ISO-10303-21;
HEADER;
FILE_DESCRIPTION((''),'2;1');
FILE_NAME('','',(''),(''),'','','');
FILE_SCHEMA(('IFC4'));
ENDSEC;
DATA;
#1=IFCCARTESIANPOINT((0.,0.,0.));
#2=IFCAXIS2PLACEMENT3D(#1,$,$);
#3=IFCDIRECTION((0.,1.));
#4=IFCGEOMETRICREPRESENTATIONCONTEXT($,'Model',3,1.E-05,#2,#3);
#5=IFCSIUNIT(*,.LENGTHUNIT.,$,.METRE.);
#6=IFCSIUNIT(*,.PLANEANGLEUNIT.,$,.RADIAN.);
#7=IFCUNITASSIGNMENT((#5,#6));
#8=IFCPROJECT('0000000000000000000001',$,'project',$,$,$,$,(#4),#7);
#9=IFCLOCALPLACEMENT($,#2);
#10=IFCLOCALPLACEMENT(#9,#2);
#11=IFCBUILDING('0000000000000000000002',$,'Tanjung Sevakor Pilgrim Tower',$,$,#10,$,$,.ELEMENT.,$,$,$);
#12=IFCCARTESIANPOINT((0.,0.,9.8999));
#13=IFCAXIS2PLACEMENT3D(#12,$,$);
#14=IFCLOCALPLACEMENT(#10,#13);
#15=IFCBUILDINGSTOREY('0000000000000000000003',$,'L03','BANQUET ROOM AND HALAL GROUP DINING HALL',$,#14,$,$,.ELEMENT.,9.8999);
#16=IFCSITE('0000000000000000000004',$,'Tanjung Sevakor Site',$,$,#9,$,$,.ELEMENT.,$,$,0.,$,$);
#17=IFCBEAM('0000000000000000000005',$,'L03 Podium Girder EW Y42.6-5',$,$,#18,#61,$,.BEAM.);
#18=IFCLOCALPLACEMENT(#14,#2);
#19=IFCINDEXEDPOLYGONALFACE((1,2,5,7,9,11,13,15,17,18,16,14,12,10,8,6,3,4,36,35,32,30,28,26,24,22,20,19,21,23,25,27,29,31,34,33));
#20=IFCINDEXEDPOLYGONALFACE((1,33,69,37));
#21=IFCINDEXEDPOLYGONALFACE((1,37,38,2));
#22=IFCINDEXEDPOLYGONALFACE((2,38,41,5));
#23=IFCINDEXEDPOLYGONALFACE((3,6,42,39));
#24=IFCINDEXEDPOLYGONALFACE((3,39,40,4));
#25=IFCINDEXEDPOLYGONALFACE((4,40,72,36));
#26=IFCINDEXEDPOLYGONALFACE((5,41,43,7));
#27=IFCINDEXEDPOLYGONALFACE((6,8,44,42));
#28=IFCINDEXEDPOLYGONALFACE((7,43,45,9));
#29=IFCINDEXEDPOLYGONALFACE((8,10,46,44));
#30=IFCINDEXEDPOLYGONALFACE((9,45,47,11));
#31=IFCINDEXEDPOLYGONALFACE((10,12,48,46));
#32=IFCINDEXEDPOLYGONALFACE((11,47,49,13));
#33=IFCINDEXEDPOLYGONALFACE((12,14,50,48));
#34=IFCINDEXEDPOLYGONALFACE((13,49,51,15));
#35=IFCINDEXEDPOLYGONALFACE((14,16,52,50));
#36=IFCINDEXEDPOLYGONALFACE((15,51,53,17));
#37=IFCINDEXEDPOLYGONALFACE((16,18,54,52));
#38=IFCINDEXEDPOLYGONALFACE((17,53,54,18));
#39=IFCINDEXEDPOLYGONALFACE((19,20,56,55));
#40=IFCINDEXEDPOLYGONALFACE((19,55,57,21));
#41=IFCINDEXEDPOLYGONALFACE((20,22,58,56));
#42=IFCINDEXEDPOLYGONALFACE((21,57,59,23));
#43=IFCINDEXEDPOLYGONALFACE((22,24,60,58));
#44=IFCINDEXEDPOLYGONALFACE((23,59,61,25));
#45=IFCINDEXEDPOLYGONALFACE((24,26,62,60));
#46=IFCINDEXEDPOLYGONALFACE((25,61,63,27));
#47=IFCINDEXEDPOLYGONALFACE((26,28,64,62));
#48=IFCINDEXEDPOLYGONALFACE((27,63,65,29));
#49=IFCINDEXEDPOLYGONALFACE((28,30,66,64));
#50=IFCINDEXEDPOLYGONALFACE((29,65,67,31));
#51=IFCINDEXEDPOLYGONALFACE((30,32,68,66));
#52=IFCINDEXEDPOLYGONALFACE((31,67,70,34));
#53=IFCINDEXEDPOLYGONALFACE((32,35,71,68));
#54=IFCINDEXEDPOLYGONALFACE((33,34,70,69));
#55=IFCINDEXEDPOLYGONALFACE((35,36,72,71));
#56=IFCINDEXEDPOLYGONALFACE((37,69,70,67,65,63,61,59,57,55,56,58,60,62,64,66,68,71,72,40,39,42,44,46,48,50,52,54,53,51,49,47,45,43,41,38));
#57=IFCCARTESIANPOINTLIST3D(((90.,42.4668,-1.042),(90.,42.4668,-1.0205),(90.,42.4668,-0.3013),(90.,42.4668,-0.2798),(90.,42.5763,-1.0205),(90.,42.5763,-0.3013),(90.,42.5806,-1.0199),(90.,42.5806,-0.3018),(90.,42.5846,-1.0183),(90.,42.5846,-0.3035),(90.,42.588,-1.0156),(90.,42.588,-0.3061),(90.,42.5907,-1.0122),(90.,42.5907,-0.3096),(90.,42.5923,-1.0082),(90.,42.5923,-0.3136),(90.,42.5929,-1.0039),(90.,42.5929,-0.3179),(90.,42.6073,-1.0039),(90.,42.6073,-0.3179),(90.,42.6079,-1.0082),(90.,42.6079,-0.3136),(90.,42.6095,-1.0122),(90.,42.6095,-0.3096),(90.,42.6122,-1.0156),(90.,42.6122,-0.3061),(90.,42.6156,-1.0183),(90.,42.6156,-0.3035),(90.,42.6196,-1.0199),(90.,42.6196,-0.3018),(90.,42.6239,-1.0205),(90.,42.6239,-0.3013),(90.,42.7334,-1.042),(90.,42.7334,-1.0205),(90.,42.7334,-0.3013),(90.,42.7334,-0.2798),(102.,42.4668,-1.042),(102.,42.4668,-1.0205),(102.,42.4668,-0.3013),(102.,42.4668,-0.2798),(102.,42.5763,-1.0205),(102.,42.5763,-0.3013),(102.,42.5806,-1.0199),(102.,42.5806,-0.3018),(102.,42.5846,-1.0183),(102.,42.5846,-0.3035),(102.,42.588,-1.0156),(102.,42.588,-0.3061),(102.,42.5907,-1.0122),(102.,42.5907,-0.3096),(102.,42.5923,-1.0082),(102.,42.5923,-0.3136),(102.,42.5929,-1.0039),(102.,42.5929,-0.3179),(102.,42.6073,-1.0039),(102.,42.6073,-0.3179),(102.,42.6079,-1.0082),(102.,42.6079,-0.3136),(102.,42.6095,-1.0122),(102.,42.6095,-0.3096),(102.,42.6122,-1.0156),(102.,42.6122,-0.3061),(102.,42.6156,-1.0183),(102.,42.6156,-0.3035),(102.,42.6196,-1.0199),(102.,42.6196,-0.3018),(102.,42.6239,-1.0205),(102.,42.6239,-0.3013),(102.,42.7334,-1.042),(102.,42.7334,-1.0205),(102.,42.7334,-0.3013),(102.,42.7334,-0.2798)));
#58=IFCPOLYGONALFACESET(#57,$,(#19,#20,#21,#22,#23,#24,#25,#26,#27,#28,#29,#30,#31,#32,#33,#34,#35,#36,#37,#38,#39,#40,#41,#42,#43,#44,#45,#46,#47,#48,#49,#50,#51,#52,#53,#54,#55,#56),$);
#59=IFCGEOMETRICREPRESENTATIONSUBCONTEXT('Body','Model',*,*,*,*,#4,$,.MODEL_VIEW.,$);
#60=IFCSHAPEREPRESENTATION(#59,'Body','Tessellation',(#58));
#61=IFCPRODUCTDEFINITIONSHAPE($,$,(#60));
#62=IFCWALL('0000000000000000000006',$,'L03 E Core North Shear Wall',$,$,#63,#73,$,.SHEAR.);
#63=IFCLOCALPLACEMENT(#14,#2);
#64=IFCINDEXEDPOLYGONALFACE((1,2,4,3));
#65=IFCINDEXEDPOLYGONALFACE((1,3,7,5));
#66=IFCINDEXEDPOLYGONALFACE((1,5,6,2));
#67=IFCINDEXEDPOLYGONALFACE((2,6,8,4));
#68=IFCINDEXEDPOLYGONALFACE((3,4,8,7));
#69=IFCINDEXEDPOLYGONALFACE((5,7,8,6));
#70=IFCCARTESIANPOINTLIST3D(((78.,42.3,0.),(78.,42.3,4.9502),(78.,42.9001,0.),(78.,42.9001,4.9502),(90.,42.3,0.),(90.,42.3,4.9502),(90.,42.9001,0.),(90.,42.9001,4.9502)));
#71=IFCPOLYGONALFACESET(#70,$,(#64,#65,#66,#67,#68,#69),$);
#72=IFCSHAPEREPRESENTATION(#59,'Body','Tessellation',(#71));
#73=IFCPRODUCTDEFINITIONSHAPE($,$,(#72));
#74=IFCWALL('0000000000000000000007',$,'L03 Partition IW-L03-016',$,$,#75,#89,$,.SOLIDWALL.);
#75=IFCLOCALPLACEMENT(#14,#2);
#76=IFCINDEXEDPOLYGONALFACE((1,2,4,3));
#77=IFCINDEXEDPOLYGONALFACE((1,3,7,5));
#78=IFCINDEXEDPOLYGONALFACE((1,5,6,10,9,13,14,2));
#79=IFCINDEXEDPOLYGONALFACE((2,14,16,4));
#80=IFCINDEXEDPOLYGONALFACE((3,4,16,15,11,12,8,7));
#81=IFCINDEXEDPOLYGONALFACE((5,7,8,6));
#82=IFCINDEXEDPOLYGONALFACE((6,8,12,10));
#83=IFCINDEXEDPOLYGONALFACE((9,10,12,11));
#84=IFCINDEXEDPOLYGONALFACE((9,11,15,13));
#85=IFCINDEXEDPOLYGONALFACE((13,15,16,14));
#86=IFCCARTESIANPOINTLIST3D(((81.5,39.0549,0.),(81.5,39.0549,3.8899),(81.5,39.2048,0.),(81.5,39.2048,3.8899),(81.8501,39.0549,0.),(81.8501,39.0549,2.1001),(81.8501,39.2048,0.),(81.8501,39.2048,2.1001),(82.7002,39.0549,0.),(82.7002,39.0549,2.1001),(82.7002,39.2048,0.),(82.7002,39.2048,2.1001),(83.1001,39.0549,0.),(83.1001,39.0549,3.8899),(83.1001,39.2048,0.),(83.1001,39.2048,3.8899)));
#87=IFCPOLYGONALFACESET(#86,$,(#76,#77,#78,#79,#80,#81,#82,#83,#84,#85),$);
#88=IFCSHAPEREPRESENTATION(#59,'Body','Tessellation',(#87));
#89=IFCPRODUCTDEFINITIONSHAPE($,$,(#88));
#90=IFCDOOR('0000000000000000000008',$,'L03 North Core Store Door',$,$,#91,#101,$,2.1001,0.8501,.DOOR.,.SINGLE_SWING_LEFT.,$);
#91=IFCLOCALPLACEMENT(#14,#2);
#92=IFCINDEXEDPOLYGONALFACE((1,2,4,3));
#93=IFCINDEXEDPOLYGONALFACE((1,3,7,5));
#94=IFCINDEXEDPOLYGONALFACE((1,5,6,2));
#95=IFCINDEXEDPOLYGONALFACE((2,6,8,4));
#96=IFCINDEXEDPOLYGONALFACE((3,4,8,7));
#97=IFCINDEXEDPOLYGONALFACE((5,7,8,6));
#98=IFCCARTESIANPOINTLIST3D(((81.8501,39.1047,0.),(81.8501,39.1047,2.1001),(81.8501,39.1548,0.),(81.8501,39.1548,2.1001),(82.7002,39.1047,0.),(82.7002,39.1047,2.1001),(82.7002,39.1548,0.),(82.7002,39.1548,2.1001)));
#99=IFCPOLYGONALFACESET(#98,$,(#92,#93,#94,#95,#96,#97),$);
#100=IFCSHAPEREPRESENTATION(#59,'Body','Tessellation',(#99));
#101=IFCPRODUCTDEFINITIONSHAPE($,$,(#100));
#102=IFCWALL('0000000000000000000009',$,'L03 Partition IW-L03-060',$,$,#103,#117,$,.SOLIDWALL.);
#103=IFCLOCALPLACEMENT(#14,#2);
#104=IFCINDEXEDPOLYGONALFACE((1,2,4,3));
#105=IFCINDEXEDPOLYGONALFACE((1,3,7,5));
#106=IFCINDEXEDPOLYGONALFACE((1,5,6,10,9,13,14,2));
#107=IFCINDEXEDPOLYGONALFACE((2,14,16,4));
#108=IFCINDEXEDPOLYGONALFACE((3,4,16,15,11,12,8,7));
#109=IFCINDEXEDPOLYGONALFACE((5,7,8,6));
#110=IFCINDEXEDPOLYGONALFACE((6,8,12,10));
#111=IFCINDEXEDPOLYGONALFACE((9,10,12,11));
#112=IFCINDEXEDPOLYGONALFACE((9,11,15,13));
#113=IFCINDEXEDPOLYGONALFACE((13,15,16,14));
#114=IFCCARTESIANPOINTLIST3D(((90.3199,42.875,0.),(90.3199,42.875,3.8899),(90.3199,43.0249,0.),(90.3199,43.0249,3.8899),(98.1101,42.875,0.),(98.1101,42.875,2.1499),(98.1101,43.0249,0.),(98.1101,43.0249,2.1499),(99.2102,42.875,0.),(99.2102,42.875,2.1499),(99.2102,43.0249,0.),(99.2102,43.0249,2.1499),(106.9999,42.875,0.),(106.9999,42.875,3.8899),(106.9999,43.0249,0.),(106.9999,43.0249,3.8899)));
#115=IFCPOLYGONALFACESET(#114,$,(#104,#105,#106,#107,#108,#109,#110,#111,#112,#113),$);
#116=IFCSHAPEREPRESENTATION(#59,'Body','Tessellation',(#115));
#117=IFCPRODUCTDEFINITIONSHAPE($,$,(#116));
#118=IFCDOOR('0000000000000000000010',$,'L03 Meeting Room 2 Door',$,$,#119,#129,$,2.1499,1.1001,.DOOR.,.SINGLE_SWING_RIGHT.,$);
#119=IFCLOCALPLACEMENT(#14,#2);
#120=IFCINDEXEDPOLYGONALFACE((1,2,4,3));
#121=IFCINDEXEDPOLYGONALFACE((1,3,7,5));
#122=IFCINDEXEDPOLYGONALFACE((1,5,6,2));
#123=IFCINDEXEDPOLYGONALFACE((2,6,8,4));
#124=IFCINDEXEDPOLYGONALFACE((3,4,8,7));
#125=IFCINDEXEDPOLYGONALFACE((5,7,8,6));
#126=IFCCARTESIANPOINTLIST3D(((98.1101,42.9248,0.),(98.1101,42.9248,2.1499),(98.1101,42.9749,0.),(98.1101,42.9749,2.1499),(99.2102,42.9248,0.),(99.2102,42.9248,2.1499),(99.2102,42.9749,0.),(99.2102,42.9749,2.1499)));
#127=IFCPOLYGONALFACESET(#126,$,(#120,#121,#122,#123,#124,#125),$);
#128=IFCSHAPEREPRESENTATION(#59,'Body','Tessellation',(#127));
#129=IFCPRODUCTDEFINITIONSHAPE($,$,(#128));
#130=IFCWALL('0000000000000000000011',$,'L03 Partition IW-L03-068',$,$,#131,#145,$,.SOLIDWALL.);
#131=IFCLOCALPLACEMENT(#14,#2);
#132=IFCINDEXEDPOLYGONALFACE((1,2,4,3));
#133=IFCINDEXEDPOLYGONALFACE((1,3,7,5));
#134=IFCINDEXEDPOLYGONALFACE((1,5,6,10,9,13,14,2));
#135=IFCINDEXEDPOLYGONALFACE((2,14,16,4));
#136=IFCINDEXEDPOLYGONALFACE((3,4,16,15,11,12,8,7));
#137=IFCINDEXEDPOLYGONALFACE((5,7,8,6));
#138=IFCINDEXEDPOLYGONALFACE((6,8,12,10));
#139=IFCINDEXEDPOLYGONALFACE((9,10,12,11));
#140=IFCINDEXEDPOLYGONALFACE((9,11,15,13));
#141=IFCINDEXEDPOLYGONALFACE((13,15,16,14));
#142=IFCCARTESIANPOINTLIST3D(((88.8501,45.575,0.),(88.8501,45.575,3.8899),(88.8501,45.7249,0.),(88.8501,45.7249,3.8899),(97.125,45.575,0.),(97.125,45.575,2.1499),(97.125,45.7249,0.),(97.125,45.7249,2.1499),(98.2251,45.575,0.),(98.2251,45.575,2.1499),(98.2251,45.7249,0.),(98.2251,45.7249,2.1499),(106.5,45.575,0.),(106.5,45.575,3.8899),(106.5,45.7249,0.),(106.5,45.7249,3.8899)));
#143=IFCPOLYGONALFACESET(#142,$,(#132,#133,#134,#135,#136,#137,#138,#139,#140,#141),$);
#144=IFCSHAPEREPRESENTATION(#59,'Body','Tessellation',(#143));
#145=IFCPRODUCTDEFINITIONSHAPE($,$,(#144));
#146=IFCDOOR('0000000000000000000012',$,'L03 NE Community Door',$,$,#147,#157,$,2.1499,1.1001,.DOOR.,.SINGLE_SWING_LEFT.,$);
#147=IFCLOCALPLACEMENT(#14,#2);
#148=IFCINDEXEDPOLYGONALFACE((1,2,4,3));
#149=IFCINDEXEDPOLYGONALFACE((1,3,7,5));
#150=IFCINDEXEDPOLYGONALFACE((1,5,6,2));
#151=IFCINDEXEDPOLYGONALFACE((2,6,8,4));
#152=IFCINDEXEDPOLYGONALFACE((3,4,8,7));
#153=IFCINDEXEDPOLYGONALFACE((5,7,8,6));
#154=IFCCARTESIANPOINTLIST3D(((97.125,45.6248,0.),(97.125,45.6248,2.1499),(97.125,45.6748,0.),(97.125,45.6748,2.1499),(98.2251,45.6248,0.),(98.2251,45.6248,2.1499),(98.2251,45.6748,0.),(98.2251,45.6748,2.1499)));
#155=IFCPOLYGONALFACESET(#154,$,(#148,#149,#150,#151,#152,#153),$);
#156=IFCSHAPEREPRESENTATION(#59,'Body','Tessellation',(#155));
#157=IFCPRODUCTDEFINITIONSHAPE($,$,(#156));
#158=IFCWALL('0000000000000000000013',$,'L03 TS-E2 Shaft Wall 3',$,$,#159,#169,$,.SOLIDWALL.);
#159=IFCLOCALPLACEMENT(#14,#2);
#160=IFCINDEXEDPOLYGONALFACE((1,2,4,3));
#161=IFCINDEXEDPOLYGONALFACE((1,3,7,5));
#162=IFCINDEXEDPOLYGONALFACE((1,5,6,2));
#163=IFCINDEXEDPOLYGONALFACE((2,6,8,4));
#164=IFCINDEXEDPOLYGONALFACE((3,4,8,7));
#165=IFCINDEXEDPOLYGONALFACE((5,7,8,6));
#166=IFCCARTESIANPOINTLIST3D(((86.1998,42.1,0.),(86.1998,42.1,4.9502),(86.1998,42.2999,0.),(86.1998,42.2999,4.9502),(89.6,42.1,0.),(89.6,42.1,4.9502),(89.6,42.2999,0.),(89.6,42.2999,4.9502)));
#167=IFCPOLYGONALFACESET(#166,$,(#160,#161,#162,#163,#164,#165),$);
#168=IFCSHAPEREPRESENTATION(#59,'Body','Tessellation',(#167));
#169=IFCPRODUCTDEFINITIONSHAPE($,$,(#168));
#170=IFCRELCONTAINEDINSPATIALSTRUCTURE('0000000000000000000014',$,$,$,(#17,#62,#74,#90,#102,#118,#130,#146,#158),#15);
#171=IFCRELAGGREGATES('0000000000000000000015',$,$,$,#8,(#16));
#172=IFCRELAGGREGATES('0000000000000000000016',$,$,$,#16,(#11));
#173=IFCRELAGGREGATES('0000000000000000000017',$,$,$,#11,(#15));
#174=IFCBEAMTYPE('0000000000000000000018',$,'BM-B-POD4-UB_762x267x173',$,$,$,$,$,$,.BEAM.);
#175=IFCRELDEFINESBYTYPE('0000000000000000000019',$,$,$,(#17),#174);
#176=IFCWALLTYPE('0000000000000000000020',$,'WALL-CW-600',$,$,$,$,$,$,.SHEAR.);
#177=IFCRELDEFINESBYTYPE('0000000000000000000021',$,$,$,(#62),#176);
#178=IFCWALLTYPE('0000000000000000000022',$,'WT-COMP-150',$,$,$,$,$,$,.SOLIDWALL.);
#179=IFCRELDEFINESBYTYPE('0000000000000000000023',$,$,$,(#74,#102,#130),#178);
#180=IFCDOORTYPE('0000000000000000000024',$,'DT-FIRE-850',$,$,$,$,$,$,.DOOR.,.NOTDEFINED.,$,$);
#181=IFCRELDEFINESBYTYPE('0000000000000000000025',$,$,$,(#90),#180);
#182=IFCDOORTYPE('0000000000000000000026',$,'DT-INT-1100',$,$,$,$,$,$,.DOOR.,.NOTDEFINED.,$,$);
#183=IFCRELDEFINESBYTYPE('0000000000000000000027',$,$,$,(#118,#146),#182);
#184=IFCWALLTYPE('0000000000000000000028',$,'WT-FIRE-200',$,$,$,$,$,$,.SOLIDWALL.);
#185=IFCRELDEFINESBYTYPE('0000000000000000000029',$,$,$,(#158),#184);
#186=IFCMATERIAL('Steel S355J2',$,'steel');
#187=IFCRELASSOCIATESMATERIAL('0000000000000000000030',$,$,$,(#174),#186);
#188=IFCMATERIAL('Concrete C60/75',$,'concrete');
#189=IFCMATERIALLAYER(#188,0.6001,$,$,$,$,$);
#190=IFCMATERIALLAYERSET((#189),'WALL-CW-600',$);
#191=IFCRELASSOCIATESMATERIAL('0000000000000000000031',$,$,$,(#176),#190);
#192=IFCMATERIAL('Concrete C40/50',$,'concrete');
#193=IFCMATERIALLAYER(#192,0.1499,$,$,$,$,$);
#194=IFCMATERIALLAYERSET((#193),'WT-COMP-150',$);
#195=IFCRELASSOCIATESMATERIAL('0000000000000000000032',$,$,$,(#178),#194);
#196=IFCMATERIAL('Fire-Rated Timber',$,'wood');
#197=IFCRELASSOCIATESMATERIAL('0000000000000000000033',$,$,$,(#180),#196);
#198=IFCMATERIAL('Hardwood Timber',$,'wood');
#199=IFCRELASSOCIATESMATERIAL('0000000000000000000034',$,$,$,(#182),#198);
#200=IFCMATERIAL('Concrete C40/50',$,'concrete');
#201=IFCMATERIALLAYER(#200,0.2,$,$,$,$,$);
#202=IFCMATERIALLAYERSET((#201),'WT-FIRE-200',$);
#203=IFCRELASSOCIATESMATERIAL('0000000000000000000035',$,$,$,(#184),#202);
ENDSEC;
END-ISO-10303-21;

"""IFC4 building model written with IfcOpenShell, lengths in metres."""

from ifc_helpers import new_model, si_unit, direction, frame, frame_2d, origin, origin_2d, place, context, subcontext, project, spatial, rectangle, i_section, extrude, material, layer, layer_set, material_profile, profile_set, type_object, element, fill, save


model = new_model("IFC4")

# Units and contexts
model_context = context("Model", 3, precision=1e-05, world=origin(), true_north=direction((0.0, 1.0)))
body_context = subcontext(model_context, "Body", "Model", "MODEL_VIEW")
ifc_project = project(units=[si_unit("LENGTHUNIT", "METRE"), si_unit("PLANEANGLEUNIT", "RADIAN")], contexts=[model_context])

# Site, building, storey
site_placement = place(None, origin())
site = spatial("IfcSite", under=ifc_project, at=site_placement, Name="Tanjung Sevakor Site", CompositionType="ELEMENT", RefElevation=0.0)
building_placement = place(site_placement, origin())
building = spatial("IfcBuilding", under=site, at=building_placement, Name="Tanjung Sevakor Pilgrim Tower", CompositionType="ELEMENT")
storey_placement = place(building_placement, frame((0.0, 0.0, 9.8999)))
storey = spatial("IfcBuildingStorey", under=building, at=storey_placement, Name="L03", Description="BANQUET ROOM AND HALAL GROUP DINING HALL", CompositionType="ELEMENT", Elevation=9.8999)

# Beam
ifc_material_1 = material(Name="Steel S355J2", Category="steel")
ifc_material_profile_1 = material_profile(ifc_material_1, i_section(OverallWidth=0.2666, OverallDepth=0.7622, WebThickness=0.0144, FlangeThickness=0.0215, FilletRadius=0.0166, at=origin_2d()))
ifc_profile_set_1 = profile_set([ifc_material_profile_1], Name="Steel S355J2")
beam_type_1 = type_object("IfcBeamType", Name="BM-B-POD4-UB_762x267x173", PredefinedType="BEAM", material=ifc_profile_set_1)
beam_1_placement = place(storey_placement, frame((90.0, 42.6001, -0.6609), z_axis=(1.0, 0.0, 0.0), x_axis=(0.0, 1.0, 0.0)))
element("IfcBeam", 1, at=beam_1_placement, inside=storey, type_object=beam_type_1, Name="L03 Podium Girder EW Y42.6-5", PredefinedType="BEAM", context=body_context, shape_type="SweptSolid", body=[
    extrude(i_section(OverallWidth=0.2666, OverallDepth=0.7622, WebThickness=0.0144, FlangeThickness=0.0215, FilletRadius=0.0166, at=origin_2d()), origin(), (0.0, 0.0, 1.0), 12.0),
])

# Wall
ifc_material_2 = material(Name="Concrete C60/75", Category="concrete")
ifc_layer_1 = layer(ifc_material_2, 0.6001)
ifc_layer_set_1 = layer_set([ifc_layer_1], Name="WALL-CW-600")
wall_type_1 = type_object("IfcWallType", Name="WALL-CW-600", PredefinedType="SHEAR", material=ifc_layer_set_1)
wall_1_placement = place(storey_placement, frame((90.0, 42.6001, 0.0), z_axis=(0.0, 0.0, 1.0), x_axis=(-1.0, 0.0, 0.0)))
element("IfcWall", 2, at=wall_1_placement, inside=storey, type_object=wall_type_1, Name="L03 E Core North Shear Wall", PredefinedType="SHEAR", context=body_context, shape_type="SweptSolid", body=[
    extrude(rectangle(XDim=12.0, YDim=0.6001, at=frame_2d((6.0, 0.0))), origin(), (0.0, 0.0, 1.0), 4.9502),
])

# Walls, openings, doors
ifc_material_3 = material(Name="Concrete C40/50", Category="concrete")
ifc_layer_2 = layer(ifc_material_3, 0.1499)
ifc_layer_set_2 = layer_set([ifc_layer_2], Name="WT-COMP-150")
wall_type_2 = type_object("IfcWallType", Name="WT-COMP-150", PredefinedType="SOLIDWALL", material=ifc_layer_set_2)
wall_2_placement = place(storey_placement, frame((81.5, 39.1299, 0.0), z_axis=(0.0, 0.0, 1.0), x_axis=(1.0, 0.0, 0.0)))
wall_2 = element("IfcWall", 3, at=wall_2_placement, inside=storey, type_object=wall_type_2, Name="L03 Partition IW-L03-016", PredefinedType="SOLIDWALL", context=body_context, shape_type="SweptSolid", body=[
    extrude(rectangle(XDim=1.6001, YDim=0.1499, at=frame_2d((0.8, 0.0))), origin(), (0.0, 0.0, 1.0), 3.8899),
])
opening_1_placement = place(wall_2_placement, frame((0.3501, 0.0, 0.0)))
opening_1 = element("IfcOpeningElement", 4, at=opening_1_placement, cuts=wall_2, PredefinedType="OPENING", context=body_context, shape_type="SweptSolid", body=[
    extrude(rectangle(XDim=0.8501, YDim=2.1001, at=frame_2d((0.425, 1.05))), frame((0.0, 0.085, 0.0), z_axis=(0.0, -1.0, 0.0), x_axis=(1.0, 0.0, 0.0)), (0.0, 0.0, 1.0), 0.1699),
])
ifc_material_4 = material(Name="Fire-Rated Timber", Category="wood")
door_type_1 = type_object("IfcDoorType", Name="DT-FIRE-850", OperationType="NOTDEFINED", PredefinedType="DOOR", material=ifc_material_4)
door_1_placement = place(opening_1_placement, origin())
door_1 = element("IfcDoor", 5, at=door_1_placement, inside=storey, type_object=door_type_1, Name="L03 North Core Store Door", OperationType="SINGLE_SWING_LEFT", OverallHeight=2.1001, OverallWidth=0.8501, PredefinedType="DOOR", context=body_context, shape_type="SweptSolid", body=[
    extrude(rectangle(XDim=0.8501, YDim=2.1001, at=frame_2d((0.425, 1.05))), frame((0.0, 0.0249, 0.0), z_axis=(0.0, -1.0, 0.0), x_axis=(1.0, 0.0, 0.0)), (0.0, 0.0, 1.0), 0.05),
])
fill(opening_1, door_1)
wall_3_placement = place(storey_placement, frame((90.3201, 42.95, 0.0), z_axis=(0.0, 0.0, 1.0), x_axis=(1.0, 0.0, 0.0)))
wall_3 = element("IfcWall", 6, at=wall_3_placement, inside=storey, type_object=wall_type_2, Name="L03 Partition IW-L03-060", PredefinedType="SOLIDWALL", context=body_context, shape_type="SweptSolid", body=[
    extrude(rectangle(XDim=16.6799, YDim=0.1499, at=frame_2d((8.3398, 0.0))), origin(), (0.0, 0.0, 1.0), 3.8899),
])
opening_2_placement = place(wall_3_placement, frame((7.79, 0.0, 0.0)))
opening_2 = element("IfcOpeningElement", 7, at=opening_2_placement, cuts=wall_3, PredefinedType="OPENING", context=body_context, shape_type="SweptSolid", body=[
    extrude(rectangle(XDim=1.1001, YDim=2.1499, at=frame_2d((0.55, 1.075))), frame((0.0, 0.085, 0.0), z_axis=(0.0, -1.0, 0.0), x_axis=(1.0, 0.0, 0.0)), (0.0, 0.0, 1.0), 0.1699),
])
ifc_material_5 = material(Name="Hardwood Timber", Category="wood")
door_type_2 = type_object("IfcDoorType", Name="DT-INT-1100", OperationType="NOTDEFINED", PredefinedType="DOOR", material=ifc_material_5)
door_2_placement = place(opening_2_placement, origin())
door_2 = element("IfcDoor", 8, at=door_2_placement, inside=storey, type_object=door_type_2, Name="L03 Meeting Room 2 Door", OperationType="SINGLE_SWING_RIGHT", OverallHeight=2.1499, OverallWidth=1.1001, PredefinedType="DOOR", context=body_context, shape_type="SweptSolid", body=[
    extrude(rectangle(XDim=1.1001, YDim=2.1499, at=frame_2d((0.55, 1.075))), frame((0.0, 0.0249, 0.0), z_axis=(0.0, -1.0, 0.0), x_axis=(1.0, 0.0, 0.0)), (0.0, 0.0, 1.0), 0.05),
])
fill(opening_2, door_2)
wall_4_placement = place(storey_placement, frame((88.8501, 45.6499, 0.0), z_axis=(0.0, 0.0, 1.0), x_axis=(1.0, 0.0, 0.0)))
wall_4 = element("IfcWall", 9, at=wall_4_placement, inside=storey, type_object=wall_type_2, Name="L03 Partition IW-L03-068", PredefinedType="SOLIDWALL", context=body_context, shape_type="SweptSolid", body=[
    extrude(rectangle(XDim=17.6499, YDim=0.1499, at=frame_2d((8.825, 0.0))), origin(), (0.0, 0.0, 1.0), 3.8899),
])
opening_3_placement = place(wall_4_placement, frame((8.2749, 0.0, 0.0)))
opening_3 = element("IfcOpeningElement", 10, at=opening_3_placement, cuts=wall_4, PredefinedType="OPENING", context=body_context, shape_type="SweptSolid", body=[
    extrude(rectangle(XDim=1.1001, YDim=2.1499, at=frame_2d((0.55, 1.075))), frame((0.0, 0.085, 0.0), z_axis=(0.0, -1.0, 0.0), x_axis=(1.0, 0.0, 0.0)), (0.0, 0.0, 1.0), 0.1699),
])
door_3_placement = place(opening_3_placement, origin())
door_3 = element("IfcDoor", 11, at=door_3_placement, inside=storey, type_object=door_type_2, Name="L03 NE Community Door", OperationType="SINGLE_SWING_LEFT", OverallHeight=2.1499, OverallWidth=1.1001, PredefinedType="DOOR", context=body_context, shape_type="SweptSolid", body=[
    extrude(rectangle(XDim=1.1001, YDim=2.1499, at=frame_2d((0.55, 1.075))), frame((0.0, 0.0249, 0.0), z_axis=(0.0, -1.0, 0.0), x_axis=(1.0, 0.0, 0.0)), (0.0, 0.0, 1.0), 0.05),
])
fill(opening_3, door_3)

# Wall
ifc_material_6 = material(Name="Concrete C40/50", Category="concrete")
ifc_layer_3 = layer(ifc_material_6, 0.2)
ifc_layer_set_3 = layer_set([ifc_layer_3], Name="WT-FIRE-200")
wall_type_3 = type_object("IfcWallType", Name="WT-FIRE-200", PredefinedType="SOLIDWALL", material=ifc_layer_set_3)
wall_5_placement = place(storey_placement, frame((89.6001, 42.2, 0.0), z_axis=(0.0, 0.0, 1.0), x_axis=(-1.0, 0.0, 0.0)))
element("IfcWall", 12, at=wall_5_placement, inside=storey, type_object=wall_type_3, Name="L03 TS-E2 Shaft Wall 3", PredefinedType="SOLIDWALL", context=body_context, shape_type="SweptSolid", body=[
    extrude(rectangle(XDim=3.4001, YDim=0.2, at=frame_2d((1.7002, 0.0))), origin(), (0.0, 0.0, 1.0), 4.9502),
])

save(model, "model.ifc")
